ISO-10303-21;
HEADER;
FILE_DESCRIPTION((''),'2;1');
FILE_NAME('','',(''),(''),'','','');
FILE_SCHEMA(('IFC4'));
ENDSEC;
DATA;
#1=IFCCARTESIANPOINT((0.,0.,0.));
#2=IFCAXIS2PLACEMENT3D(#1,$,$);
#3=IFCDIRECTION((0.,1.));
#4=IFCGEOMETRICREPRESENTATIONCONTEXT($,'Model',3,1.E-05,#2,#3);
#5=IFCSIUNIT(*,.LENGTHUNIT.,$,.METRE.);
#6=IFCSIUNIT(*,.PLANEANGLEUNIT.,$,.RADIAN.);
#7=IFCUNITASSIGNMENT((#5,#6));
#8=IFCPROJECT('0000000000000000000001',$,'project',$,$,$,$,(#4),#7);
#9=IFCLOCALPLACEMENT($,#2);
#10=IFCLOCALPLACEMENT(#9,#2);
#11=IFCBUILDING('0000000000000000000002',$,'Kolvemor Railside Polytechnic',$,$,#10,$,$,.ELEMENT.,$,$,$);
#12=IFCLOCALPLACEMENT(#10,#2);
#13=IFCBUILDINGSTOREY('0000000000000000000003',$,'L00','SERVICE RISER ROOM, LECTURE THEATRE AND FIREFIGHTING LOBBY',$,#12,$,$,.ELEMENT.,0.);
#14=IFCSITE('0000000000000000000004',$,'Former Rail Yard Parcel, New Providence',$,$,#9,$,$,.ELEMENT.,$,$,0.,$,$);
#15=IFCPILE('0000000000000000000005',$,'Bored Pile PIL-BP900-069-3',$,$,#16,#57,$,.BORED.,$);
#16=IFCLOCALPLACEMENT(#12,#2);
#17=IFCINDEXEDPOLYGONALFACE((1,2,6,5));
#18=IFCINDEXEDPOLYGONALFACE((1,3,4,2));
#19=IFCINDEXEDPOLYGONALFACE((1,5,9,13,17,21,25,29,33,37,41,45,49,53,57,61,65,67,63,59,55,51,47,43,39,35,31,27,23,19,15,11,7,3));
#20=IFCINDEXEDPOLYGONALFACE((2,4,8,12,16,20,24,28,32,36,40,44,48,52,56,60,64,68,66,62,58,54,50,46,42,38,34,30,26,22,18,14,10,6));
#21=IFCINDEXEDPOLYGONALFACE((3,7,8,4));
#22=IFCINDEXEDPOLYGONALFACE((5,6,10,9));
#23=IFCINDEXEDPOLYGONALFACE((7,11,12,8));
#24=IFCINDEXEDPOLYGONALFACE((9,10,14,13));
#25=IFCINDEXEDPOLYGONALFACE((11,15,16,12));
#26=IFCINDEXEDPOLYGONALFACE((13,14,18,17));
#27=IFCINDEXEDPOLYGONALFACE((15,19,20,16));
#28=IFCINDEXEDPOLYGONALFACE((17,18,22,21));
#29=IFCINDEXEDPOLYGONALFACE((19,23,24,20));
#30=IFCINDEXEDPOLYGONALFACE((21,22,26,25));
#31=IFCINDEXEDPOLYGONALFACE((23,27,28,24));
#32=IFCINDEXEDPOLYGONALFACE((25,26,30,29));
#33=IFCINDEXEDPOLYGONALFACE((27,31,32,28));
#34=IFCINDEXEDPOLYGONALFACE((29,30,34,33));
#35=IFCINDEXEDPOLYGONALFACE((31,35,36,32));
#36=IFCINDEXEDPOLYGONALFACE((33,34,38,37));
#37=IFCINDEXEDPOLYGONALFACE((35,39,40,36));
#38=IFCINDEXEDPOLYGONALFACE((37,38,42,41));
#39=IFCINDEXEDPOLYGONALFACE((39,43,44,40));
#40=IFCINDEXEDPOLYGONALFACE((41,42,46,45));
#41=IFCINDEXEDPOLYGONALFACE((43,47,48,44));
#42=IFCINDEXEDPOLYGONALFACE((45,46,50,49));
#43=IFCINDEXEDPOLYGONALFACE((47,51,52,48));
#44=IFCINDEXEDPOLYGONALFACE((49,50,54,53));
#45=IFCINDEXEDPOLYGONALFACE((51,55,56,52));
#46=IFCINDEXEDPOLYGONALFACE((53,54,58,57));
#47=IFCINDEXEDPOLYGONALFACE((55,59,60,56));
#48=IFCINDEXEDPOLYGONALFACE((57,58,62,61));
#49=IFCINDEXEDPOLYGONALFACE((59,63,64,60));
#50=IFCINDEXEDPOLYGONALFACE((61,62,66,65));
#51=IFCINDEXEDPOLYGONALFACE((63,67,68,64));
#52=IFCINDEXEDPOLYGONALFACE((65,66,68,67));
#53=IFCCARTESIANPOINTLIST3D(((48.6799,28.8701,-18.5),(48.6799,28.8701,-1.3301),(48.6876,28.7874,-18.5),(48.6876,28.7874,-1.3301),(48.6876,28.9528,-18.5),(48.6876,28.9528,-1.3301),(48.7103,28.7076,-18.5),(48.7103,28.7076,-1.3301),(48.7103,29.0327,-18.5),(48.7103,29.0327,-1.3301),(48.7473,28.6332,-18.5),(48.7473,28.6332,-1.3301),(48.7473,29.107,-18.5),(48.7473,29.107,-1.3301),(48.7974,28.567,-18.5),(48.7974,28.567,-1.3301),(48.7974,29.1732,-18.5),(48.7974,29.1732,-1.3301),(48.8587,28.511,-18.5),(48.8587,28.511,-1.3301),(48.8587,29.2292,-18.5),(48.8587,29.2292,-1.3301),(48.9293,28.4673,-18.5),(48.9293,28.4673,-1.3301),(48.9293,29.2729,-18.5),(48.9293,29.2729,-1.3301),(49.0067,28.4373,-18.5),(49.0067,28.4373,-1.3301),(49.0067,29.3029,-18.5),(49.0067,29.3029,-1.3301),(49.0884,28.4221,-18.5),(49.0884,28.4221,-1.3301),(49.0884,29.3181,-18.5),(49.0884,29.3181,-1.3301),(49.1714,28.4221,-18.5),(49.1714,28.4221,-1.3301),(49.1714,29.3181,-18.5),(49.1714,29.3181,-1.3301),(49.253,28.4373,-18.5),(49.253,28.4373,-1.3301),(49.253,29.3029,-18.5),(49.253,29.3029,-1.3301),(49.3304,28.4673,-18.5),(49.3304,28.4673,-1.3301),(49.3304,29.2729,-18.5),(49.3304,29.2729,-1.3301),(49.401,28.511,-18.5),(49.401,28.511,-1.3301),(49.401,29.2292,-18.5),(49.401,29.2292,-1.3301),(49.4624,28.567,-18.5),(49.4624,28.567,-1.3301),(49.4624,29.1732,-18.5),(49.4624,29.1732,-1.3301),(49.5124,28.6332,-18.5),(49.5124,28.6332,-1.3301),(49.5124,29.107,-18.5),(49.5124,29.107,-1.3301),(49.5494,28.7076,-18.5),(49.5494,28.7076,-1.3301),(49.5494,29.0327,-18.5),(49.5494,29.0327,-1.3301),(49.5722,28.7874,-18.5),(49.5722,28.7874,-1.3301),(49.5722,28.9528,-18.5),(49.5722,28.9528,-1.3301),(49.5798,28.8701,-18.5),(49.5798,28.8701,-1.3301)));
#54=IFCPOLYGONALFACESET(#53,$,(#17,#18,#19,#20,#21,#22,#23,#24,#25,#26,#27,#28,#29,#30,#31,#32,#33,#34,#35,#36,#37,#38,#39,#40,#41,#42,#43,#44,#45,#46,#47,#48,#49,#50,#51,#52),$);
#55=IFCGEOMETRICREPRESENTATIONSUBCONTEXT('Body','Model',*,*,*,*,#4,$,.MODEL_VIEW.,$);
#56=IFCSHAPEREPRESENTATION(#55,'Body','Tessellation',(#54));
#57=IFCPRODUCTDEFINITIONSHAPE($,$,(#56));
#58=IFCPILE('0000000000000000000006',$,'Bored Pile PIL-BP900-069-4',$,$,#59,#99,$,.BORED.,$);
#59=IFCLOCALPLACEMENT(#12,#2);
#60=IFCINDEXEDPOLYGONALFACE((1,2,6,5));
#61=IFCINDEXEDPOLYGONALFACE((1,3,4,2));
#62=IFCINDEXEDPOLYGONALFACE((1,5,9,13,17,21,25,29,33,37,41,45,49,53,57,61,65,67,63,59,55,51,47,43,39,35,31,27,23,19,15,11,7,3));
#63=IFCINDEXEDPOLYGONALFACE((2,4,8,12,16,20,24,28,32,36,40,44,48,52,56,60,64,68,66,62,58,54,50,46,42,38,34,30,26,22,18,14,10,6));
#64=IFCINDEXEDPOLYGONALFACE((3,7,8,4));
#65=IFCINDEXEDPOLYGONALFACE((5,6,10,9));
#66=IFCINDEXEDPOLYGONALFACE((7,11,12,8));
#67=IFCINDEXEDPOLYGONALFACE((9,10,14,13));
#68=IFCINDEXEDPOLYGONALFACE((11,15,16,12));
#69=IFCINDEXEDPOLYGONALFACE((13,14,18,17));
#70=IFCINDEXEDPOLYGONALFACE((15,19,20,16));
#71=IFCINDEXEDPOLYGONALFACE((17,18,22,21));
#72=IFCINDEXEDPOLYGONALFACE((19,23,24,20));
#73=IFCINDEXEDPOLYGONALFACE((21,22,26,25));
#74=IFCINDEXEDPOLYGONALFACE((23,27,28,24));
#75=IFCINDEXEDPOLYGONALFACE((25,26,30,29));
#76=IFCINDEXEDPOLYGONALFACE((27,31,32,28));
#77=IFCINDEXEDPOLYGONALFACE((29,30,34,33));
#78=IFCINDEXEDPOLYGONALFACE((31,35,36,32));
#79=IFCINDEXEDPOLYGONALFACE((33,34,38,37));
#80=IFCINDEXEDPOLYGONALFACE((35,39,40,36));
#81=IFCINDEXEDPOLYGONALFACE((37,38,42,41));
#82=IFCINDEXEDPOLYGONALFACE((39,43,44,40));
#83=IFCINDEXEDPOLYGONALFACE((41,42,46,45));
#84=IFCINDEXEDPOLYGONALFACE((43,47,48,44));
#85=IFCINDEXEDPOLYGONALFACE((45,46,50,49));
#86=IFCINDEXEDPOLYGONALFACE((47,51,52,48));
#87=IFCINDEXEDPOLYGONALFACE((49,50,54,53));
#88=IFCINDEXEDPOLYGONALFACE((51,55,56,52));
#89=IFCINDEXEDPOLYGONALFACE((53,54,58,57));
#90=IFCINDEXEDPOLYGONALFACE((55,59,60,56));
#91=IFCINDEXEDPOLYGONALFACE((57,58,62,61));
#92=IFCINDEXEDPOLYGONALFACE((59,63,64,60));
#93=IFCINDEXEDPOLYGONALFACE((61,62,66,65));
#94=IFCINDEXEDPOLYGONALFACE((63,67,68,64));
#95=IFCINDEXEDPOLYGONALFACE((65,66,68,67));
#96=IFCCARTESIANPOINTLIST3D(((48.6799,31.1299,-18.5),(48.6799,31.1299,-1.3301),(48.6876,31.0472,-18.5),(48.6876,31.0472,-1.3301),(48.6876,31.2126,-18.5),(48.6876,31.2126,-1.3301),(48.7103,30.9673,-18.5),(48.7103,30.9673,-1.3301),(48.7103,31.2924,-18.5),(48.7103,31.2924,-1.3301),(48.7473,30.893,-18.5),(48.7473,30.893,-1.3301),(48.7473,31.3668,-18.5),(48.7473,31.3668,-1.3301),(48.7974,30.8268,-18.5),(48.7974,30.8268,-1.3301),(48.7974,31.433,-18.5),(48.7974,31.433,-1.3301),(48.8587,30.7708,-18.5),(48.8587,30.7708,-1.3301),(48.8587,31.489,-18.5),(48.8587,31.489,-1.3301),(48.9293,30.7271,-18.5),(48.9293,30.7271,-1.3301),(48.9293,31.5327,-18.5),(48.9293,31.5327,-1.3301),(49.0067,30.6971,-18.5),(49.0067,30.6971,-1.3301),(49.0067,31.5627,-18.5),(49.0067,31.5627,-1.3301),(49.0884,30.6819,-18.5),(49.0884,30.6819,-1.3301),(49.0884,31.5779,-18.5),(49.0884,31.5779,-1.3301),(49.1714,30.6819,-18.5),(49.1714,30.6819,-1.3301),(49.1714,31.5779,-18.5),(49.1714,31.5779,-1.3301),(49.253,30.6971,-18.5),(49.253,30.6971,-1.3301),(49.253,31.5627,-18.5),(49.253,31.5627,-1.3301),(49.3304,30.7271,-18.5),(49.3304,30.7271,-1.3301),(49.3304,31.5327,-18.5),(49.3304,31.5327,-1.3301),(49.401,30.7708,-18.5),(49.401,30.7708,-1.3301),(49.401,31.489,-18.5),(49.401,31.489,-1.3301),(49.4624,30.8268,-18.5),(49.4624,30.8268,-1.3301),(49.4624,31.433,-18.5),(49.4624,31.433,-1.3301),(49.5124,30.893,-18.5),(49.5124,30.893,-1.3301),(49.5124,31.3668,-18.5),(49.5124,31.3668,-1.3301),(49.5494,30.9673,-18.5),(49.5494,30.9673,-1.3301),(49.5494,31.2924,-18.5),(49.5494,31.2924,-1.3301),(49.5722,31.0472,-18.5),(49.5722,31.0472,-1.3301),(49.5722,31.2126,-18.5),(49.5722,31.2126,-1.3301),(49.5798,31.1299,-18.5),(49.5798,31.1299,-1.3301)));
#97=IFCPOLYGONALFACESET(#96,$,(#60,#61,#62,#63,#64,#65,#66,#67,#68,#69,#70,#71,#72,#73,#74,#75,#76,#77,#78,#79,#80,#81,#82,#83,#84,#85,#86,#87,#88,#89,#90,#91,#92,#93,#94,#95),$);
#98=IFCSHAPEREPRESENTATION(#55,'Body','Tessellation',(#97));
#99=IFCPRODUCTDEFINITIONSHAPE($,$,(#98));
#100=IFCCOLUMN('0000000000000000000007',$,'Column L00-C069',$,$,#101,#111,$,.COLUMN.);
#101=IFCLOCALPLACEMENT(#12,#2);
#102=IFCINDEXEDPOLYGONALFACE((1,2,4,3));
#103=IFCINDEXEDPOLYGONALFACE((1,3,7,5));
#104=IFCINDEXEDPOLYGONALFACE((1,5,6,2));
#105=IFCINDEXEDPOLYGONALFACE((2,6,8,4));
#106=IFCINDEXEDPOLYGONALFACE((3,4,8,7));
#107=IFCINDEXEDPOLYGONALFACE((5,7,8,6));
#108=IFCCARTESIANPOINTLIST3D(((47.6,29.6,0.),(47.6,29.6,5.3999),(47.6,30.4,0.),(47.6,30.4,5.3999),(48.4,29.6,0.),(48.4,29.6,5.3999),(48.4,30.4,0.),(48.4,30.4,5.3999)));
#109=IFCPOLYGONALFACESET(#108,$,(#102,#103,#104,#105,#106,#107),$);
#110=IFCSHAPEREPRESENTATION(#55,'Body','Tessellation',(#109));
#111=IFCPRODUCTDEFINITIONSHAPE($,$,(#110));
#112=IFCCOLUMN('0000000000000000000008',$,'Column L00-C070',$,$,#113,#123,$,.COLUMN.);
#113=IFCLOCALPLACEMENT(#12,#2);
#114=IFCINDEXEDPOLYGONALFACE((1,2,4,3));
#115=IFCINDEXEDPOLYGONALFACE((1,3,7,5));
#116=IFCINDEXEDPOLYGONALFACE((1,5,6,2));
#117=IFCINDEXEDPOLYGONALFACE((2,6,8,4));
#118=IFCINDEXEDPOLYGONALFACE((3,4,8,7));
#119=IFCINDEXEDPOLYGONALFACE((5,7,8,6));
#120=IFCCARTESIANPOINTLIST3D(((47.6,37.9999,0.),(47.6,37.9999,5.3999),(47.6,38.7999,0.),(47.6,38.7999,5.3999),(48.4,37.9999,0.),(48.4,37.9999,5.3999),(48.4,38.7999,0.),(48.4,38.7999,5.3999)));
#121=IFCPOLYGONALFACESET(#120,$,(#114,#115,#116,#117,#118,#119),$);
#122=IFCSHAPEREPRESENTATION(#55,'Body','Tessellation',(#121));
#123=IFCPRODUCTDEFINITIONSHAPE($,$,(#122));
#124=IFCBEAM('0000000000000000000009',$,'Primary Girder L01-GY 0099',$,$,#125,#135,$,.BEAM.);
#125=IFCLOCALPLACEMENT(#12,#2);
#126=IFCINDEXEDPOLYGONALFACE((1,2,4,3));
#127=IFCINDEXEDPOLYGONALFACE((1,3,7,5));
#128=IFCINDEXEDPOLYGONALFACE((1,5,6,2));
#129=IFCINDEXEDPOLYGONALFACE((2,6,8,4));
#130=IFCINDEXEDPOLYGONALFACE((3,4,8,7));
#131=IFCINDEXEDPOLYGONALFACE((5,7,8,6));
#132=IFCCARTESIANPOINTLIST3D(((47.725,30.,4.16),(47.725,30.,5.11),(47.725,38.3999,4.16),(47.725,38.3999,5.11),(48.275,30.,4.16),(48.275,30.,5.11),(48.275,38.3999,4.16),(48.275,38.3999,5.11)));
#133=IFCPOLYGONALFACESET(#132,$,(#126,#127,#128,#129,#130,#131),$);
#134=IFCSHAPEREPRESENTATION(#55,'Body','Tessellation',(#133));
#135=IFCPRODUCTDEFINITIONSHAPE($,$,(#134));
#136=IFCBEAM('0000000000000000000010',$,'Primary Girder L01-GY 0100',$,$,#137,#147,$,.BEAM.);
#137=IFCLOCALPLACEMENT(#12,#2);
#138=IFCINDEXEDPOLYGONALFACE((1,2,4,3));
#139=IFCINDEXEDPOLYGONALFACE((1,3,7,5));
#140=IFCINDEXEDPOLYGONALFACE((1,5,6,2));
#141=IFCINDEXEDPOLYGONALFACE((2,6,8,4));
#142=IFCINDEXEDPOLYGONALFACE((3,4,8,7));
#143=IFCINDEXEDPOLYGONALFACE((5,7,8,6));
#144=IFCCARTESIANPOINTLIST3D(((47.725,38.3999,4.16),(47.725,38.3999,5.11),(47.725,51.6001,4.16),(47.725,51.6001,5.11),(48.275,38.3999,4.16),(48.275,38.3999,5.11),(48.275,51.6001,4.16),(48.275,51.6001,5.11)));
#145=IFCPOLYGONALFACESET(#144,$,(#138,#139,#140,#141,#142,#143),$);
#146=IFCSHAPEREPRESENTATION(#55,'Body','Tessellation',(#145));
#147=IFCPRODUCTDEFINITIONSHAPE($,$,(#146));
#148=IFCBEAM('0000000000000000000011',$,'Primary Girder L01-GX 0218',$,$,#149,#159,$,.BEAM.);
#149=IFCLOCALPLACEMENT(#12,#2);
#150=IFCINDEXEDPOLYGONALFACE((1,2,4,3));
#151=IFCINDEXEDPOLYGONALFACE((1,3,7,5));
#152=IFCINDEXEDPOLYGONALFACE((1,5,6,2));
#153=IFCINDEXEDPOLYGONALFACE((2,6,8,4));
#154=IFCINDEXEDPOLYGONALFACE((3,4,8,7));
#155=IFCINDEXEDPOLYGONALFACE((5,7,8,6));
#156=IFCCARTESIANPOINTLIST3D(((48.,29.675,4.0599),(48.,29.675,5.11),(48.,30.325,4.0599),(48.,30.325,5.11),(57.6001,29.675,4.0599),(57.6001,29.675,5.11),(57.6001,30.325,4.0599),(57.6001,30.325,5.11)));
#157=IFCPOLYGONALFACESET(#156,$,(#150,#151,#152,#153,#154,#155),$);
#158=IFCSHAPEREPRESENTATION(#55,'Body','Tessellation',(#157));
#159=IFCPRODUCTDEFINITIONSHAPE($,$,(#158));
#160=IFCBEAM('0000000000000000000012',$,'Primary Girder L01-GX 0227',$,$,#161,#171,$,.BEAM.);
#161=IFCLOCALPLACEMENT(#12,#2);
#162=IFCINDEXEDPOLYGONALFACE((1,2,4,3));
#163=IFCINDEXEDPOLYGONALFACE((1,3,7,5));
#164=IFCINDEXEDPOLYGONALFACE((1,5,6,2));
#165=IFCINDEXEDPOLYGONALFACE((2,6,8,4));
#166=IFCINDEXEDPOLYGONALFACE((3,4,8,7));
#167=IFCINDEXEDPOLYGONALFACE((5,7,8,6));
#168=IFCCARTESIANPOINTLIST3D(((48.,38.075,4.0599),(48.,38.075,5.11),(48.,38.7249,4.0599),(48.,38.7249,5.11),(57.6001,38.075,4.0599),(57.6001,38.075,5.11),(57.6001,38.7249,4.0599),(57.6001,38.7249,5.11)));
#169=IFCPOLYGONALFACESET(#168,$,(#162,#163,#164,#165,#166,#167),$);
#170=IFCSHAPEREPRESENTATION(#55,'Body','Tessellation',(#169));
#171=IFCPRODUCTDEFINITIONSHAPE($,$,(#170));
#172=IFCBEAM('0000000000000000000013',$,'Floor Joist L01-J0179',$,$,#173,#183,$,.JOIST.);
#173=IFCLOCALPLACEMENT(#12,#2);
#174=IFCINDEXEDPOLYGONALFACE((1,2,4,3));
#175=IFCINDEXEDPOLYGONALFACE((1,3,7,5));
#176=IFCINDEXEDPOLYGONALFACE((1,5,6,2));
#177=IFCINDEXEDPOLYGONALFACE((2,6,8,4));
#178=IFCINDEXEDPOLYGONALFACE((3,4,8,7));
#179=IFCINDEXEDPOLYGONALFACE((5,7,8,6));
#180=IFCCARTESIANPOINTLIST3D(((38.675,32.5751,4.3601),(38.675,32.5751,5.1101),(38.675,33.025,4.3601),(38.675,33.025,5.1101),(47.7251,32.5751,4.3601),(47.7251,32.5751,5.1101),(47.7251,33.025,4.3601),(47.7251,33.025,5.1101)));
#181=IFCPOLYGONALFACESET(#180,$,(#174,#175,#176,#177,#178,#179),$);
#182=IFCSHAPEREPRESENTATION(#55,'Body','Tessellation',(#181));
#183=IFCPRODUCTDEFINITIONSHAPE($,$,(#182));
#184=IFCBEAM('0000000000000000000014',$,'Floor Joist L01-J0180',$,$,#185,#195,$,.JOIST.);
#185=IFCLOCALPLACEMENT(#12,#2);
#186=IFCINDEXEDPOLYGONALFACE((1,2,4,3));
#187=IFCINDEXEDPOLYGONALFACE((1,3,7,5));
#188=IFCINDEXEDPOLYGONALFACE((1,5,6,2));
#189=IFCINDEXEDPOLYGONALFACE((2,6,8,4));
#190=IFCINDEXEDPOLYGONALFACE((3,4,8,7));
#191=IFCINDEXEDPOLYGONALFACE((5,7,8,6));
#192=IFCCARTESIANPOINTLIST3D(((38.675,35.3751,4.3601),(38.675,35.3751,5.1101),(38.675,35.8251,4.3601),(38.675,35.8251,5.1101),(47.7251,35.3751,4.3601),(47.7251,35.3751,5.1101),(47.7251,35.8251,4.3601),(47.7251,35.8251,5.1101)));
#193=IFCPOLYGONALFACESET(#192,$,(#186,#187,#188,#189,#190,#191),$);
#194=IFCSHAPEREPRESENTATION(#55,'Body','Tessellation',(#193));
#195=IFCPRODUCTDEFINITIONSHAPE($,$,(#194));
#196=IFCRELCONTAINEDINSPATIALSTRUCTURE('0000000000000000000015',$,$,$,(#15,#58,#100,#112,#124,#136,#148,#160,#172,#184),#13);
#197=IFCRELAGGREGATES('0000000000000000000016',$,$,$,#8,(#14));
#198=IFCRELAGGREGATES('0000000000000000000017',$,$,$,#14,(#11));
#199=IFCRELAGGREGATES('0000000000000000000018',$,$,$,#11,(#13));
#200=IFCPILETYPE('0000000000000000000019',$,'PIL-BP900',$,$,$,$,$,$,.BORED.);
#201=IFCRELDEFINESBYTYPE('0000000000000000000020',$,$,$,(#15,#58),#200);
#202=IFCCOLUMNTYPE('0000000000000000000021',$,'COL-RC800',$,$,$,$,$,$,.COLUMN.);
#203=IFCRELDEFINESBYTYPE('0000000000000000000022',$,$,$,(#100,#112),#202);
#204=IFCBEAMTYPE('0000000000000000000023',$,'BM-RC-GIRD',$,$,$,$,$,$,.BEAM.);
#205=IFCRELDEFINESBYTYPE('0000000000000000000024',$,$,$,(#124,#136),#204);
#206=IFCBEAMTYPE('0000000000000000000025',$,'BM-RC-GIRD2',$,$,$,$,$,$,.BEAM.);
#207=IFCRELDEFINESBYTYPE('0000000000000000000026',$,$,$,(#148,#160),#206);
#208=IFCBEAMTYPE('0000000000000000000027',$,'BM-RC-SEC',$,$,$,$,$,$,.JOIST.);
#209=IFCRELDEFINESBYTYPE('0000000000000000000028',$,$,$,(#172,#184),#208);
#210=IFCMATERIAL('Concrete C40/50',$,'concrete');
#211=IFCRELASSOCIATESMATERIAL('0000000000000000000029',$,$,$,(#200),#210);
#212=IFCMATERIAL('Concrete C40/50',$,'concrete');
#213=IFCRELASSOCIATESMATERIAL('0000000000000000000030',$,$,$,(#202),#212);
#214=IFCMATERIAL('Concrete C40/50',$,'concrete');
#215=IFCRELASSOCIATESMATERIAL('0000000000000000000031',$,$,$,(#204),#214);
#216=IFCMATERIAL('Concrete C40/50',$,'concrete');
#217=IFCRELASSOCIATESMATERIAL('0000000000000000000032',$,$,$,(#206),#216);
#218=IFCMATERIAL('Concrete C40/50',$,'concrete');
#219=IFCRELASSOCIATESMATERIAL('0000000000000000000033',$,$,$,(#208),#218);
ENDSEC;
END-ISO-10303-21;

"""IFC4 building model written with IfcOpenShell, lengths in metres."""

from ifc_helpers import new_model, si_unit, direction, frame, origin, origin_2d, place, context, subcontext, project, spatial, rectangle, circle, extrude, material, material_profile, profile_set, type_object, element, save


model = new_model("IFC4")

# Units and contexts
model_context = context("Model", 3, precision=1e-05, world=origin(), true_north=direction((0.0, 1.0)))
body_context = subcontext(model_context, "Body", "Model", "MODEL_VIEW")
ifc_project = project(units=[si_unit("LENGTHUNIT", "METRE"), si_unit("PLANEANGLEUNIT", "RADIAN")], contexts=[model_context])

# Site, building, storey
site_placement = place(None, origin())
site = spatial("IfcSite", under=ifc_project, at=site_placement, Name="Former Rail Yard Parcel, New Providence", CompositionType="ELEMENT", RefElevation=0.0)
building_placement = place(site_placement, origin())
building = spatial("IfcBuilding", under=site, at=building_placement, Name="Kolvemor Railside Polytechnic", CompositionType="ELEMENT")
storey_placement = place(building_placement, origin())
storey = spatial("IfcBuildingStorey", under=building, at=storey_placement, Name="L00", Description="SERVICE RISER ROOM, LECTURE THEATRE AND FIREFIGHTING LOBBY", CompositionType="ELEMENT", Elevation=0.0)

# Piles
ifc_material_1 = material(Name="Concrete C40/50", Category="concrete")
ifc_material_profile_1 = material_profile(ifc_material_1, circle(Radius=0.45, at=origin_2d()), Name="BP900")
ifc_profile_set_1 = profile_set([ifc_material_profile_1], Name="Concrete C40/50")
pile_type_1 = type_object("IfcPileType", Name="PIL-BP900", PredefinedType="BORED", material=ifc_profile_set_1)
for number, where, z_axis, x_axis, name in (
    (1, (49.1299, 28.8701, -1.3301), (0.0, 0.0, -1.0), (1.0, 0.0, 0.0), "Bored Pile PIL-BP900-069-3"),
    (2, (49.1299, 31.1299, -1.3301), (0.0, 0.0, -1.0), (1.0, 0.0, 0.0), "Bored Pile PIL-BP900-069-4"),
):
    element("IfcPile", number, at=place(storey_placement, frame(where, z_axis=z_axis, x_axis=x_axis)), inside=storey, type_object=pile_type_1, Name=name, PredefinedType="BORED", context=body_context, shape_type="SweptSolid", body=[
        extrude(circle(Radius=0.45, at=origin_2d()), origin(), (0.0, 0.0, 1.0), 17.1699),
    ])

# Columns
ifc_material_2 = material(Name="Concrete C40/50", Category="concrete")
ifc_material_profile_2 = material_profile(ifc_material_2, rectangle(XDim=0.8, YDim=0.8, at=origin_2d()), Name="RC800x800")
ifc_profile_set_2 = profile_set([ifc_material_profile_2], Name="Concrete C40/50")
column_type = type_object("IfcColumnType", Name="COL-RC800", PredefinedType="COLUMN", material=ifc_profile_set_2)
for number, where, z_axis, x_axis, name in (
    (3, (48.0, 30.0, 0.0), (0.0, 0.0, 1.0), (1.0, 0.0, 0.0), "Column L00-C069"),
    (4, (48.0, 38.3999, 0.0), (0.0, 0.0, 1.0), (1.0, 0.0, 0.0), "Column L00-C070"),
):
    element("IfcColumn", number, at=place(storey_placement, frame(where, z_axis=z_axis, x_axis=x_axis)), inside=storey, type_object=column_type, Name=name, PredefinedType="COLUMN", context=body_context, shape_type="SweptSolid", body=[
        extrude(rectangle(XDim=0.8, YDim=0.8, at=origin_2d()), origin(), (0.0, 0.0, 1.0), 5.3999),
    ])

# Beams
ifc_material_3 = material(Name="Concrete C40/50", Category="concrete")
ifc_material_profile_3 = material_profile(ifc_material_3, rectangle(XDim=0.55, YDim=0.95, at=origin_2d()), Name="RC550x950")
ifc_profile_set_3 = profile_set([ifc_material_profile_3], Name="Concrete C40/50")
beam_type_1 = type_object("IfcBeamType", Name="BM-RC-GIRD", PredefinedType="BEAM", material=ifc_profile_set_3)
beam_1_placement = place(storey_placement, frame((48.0, 30.0, 4.635), z_axis=(0.0, 1.0, 0.0), x_axis=(-1.0, 0.0, 0.0)))
element("IfcBeam", 5, at=beam_1_placement, inside=storey, type_object=beam_type_1, Name="Primary Girder L01-GY 0099", PredefinedType="BEAM", context=body_context, shape_type="SweptSolid", body=[
    extrude(rectangle(XDim=0.55, YDim=0.95, at=origin_2d()), origin(), (0.0, 0.0, 1.0), 8.3999),
])
beam_2_placement = place(storey_placement, frame((48.0, 38.3999, 4.635), z_axis=(0.0, 1.0, 0.0), x_axis=(-1.0, 0.0, 0.0)))
element("IfcBeam", 6, at=beam_2_placement, inside=storey, type_object=beam_type_1, Name="Primary Girder L01-GY 0100", PredefinedType="BEAM", context=body_context, shape_type="SweptSolid", body=[
    extrude(rectangle(XDim=0.55, YDim=0.95, at=origin_2d()), origin(), (0.0, 0.0, 1.0), 13.2002),
])
ifc_material_4 = material(Name="Concrete C40/50", Category="concrete")
ifc_material_profile_4 = material_profile(ifc_material_4, rectangle(XDim=0.6499, YDim=1.05, at=origin_2d()), Name="RC650x1050")
ifc_profile_set_4 = profile_set([ifc_material_profile_4], Name="Concrete C40/50")
beam_type_2 = type_object("IfcBeamType", Name="BM-RC-GIRD2", PredefinedType="BEAM", material=ifc_profile_set_4)
for number, where, z_axis, x_axis, name in (
    (7, (48.0, 30.0, 4.585), (1.0, 0.0, 0.0), (0.0, 1.0, 0.0), "Primary Girder L01-GX 0218"),
    (8, (48.0, 38.3999, 4.585), (1.0, 0.0, 0.0), (0.0, 1.0, 0.0), "Primary Girder L01-GX 0227"),
):
    element("IfcBeam", number, at=place(storey_placement, frame(where, z_axis=z_axis, x_axis=x_axis)), inside=storey, type_object=beam_type_2, Name=name, PredefinedType="BEAM", context=body_context, shape_type="SweptSolid", body=[
        extrude(rectangle(XDim=0.6499, YDim=1.05, at=origin_2d()), origin(), (0.0, 0.0, 1.0), 9.6001),
    ])
ifc_material_5 = material(Name="Concrete C40/50", Category="concrete")
ifc_material_profile_5 = material_profile(ifc_material_5, rectangle(XDim=0.45, YDim=0.75, at=origin_2d()), Name="RC450x750")
ifc_profile_set_5 = profile_set([ifc_material_profile_5], Name="Concrete C40/50")
beam_type_3 = type_object("IfcBeamType", Name="BM-RC-SEC", PredefinedType="JOIST", material=ifc_profile_set_5)
for number, where, z_axis, x_axis, name in (
    (9, (38.675, 32.8, 4.7351), (1.0, 0.0, 0.0), (0.0, 1.0, 0.0), "Floor Joist L01-J0179"),
    (10, (38.675, 35.6001, 4.7351), (1.0, 0.0, 0.0), (0.0, 1.0, 0.0), "Floor Joist L01-J0180"),
):
    element("IfcBeam", number, at=place(storey_placement, frame(where, z_axis=z_axis, x_axis=x_axis)), inside=storey, type_object=beam_type_3, Name=name, PredefinedType="JOIST", context=body_context, shape_type="SweptSolid", body=[
        extrude(rectangle(XDim=0.45, YDim=0.75, at=origin_2d()), origin(), (0.0, 0.0, 1.0), 9.05),
    ])

save(model, "model.ifc")
